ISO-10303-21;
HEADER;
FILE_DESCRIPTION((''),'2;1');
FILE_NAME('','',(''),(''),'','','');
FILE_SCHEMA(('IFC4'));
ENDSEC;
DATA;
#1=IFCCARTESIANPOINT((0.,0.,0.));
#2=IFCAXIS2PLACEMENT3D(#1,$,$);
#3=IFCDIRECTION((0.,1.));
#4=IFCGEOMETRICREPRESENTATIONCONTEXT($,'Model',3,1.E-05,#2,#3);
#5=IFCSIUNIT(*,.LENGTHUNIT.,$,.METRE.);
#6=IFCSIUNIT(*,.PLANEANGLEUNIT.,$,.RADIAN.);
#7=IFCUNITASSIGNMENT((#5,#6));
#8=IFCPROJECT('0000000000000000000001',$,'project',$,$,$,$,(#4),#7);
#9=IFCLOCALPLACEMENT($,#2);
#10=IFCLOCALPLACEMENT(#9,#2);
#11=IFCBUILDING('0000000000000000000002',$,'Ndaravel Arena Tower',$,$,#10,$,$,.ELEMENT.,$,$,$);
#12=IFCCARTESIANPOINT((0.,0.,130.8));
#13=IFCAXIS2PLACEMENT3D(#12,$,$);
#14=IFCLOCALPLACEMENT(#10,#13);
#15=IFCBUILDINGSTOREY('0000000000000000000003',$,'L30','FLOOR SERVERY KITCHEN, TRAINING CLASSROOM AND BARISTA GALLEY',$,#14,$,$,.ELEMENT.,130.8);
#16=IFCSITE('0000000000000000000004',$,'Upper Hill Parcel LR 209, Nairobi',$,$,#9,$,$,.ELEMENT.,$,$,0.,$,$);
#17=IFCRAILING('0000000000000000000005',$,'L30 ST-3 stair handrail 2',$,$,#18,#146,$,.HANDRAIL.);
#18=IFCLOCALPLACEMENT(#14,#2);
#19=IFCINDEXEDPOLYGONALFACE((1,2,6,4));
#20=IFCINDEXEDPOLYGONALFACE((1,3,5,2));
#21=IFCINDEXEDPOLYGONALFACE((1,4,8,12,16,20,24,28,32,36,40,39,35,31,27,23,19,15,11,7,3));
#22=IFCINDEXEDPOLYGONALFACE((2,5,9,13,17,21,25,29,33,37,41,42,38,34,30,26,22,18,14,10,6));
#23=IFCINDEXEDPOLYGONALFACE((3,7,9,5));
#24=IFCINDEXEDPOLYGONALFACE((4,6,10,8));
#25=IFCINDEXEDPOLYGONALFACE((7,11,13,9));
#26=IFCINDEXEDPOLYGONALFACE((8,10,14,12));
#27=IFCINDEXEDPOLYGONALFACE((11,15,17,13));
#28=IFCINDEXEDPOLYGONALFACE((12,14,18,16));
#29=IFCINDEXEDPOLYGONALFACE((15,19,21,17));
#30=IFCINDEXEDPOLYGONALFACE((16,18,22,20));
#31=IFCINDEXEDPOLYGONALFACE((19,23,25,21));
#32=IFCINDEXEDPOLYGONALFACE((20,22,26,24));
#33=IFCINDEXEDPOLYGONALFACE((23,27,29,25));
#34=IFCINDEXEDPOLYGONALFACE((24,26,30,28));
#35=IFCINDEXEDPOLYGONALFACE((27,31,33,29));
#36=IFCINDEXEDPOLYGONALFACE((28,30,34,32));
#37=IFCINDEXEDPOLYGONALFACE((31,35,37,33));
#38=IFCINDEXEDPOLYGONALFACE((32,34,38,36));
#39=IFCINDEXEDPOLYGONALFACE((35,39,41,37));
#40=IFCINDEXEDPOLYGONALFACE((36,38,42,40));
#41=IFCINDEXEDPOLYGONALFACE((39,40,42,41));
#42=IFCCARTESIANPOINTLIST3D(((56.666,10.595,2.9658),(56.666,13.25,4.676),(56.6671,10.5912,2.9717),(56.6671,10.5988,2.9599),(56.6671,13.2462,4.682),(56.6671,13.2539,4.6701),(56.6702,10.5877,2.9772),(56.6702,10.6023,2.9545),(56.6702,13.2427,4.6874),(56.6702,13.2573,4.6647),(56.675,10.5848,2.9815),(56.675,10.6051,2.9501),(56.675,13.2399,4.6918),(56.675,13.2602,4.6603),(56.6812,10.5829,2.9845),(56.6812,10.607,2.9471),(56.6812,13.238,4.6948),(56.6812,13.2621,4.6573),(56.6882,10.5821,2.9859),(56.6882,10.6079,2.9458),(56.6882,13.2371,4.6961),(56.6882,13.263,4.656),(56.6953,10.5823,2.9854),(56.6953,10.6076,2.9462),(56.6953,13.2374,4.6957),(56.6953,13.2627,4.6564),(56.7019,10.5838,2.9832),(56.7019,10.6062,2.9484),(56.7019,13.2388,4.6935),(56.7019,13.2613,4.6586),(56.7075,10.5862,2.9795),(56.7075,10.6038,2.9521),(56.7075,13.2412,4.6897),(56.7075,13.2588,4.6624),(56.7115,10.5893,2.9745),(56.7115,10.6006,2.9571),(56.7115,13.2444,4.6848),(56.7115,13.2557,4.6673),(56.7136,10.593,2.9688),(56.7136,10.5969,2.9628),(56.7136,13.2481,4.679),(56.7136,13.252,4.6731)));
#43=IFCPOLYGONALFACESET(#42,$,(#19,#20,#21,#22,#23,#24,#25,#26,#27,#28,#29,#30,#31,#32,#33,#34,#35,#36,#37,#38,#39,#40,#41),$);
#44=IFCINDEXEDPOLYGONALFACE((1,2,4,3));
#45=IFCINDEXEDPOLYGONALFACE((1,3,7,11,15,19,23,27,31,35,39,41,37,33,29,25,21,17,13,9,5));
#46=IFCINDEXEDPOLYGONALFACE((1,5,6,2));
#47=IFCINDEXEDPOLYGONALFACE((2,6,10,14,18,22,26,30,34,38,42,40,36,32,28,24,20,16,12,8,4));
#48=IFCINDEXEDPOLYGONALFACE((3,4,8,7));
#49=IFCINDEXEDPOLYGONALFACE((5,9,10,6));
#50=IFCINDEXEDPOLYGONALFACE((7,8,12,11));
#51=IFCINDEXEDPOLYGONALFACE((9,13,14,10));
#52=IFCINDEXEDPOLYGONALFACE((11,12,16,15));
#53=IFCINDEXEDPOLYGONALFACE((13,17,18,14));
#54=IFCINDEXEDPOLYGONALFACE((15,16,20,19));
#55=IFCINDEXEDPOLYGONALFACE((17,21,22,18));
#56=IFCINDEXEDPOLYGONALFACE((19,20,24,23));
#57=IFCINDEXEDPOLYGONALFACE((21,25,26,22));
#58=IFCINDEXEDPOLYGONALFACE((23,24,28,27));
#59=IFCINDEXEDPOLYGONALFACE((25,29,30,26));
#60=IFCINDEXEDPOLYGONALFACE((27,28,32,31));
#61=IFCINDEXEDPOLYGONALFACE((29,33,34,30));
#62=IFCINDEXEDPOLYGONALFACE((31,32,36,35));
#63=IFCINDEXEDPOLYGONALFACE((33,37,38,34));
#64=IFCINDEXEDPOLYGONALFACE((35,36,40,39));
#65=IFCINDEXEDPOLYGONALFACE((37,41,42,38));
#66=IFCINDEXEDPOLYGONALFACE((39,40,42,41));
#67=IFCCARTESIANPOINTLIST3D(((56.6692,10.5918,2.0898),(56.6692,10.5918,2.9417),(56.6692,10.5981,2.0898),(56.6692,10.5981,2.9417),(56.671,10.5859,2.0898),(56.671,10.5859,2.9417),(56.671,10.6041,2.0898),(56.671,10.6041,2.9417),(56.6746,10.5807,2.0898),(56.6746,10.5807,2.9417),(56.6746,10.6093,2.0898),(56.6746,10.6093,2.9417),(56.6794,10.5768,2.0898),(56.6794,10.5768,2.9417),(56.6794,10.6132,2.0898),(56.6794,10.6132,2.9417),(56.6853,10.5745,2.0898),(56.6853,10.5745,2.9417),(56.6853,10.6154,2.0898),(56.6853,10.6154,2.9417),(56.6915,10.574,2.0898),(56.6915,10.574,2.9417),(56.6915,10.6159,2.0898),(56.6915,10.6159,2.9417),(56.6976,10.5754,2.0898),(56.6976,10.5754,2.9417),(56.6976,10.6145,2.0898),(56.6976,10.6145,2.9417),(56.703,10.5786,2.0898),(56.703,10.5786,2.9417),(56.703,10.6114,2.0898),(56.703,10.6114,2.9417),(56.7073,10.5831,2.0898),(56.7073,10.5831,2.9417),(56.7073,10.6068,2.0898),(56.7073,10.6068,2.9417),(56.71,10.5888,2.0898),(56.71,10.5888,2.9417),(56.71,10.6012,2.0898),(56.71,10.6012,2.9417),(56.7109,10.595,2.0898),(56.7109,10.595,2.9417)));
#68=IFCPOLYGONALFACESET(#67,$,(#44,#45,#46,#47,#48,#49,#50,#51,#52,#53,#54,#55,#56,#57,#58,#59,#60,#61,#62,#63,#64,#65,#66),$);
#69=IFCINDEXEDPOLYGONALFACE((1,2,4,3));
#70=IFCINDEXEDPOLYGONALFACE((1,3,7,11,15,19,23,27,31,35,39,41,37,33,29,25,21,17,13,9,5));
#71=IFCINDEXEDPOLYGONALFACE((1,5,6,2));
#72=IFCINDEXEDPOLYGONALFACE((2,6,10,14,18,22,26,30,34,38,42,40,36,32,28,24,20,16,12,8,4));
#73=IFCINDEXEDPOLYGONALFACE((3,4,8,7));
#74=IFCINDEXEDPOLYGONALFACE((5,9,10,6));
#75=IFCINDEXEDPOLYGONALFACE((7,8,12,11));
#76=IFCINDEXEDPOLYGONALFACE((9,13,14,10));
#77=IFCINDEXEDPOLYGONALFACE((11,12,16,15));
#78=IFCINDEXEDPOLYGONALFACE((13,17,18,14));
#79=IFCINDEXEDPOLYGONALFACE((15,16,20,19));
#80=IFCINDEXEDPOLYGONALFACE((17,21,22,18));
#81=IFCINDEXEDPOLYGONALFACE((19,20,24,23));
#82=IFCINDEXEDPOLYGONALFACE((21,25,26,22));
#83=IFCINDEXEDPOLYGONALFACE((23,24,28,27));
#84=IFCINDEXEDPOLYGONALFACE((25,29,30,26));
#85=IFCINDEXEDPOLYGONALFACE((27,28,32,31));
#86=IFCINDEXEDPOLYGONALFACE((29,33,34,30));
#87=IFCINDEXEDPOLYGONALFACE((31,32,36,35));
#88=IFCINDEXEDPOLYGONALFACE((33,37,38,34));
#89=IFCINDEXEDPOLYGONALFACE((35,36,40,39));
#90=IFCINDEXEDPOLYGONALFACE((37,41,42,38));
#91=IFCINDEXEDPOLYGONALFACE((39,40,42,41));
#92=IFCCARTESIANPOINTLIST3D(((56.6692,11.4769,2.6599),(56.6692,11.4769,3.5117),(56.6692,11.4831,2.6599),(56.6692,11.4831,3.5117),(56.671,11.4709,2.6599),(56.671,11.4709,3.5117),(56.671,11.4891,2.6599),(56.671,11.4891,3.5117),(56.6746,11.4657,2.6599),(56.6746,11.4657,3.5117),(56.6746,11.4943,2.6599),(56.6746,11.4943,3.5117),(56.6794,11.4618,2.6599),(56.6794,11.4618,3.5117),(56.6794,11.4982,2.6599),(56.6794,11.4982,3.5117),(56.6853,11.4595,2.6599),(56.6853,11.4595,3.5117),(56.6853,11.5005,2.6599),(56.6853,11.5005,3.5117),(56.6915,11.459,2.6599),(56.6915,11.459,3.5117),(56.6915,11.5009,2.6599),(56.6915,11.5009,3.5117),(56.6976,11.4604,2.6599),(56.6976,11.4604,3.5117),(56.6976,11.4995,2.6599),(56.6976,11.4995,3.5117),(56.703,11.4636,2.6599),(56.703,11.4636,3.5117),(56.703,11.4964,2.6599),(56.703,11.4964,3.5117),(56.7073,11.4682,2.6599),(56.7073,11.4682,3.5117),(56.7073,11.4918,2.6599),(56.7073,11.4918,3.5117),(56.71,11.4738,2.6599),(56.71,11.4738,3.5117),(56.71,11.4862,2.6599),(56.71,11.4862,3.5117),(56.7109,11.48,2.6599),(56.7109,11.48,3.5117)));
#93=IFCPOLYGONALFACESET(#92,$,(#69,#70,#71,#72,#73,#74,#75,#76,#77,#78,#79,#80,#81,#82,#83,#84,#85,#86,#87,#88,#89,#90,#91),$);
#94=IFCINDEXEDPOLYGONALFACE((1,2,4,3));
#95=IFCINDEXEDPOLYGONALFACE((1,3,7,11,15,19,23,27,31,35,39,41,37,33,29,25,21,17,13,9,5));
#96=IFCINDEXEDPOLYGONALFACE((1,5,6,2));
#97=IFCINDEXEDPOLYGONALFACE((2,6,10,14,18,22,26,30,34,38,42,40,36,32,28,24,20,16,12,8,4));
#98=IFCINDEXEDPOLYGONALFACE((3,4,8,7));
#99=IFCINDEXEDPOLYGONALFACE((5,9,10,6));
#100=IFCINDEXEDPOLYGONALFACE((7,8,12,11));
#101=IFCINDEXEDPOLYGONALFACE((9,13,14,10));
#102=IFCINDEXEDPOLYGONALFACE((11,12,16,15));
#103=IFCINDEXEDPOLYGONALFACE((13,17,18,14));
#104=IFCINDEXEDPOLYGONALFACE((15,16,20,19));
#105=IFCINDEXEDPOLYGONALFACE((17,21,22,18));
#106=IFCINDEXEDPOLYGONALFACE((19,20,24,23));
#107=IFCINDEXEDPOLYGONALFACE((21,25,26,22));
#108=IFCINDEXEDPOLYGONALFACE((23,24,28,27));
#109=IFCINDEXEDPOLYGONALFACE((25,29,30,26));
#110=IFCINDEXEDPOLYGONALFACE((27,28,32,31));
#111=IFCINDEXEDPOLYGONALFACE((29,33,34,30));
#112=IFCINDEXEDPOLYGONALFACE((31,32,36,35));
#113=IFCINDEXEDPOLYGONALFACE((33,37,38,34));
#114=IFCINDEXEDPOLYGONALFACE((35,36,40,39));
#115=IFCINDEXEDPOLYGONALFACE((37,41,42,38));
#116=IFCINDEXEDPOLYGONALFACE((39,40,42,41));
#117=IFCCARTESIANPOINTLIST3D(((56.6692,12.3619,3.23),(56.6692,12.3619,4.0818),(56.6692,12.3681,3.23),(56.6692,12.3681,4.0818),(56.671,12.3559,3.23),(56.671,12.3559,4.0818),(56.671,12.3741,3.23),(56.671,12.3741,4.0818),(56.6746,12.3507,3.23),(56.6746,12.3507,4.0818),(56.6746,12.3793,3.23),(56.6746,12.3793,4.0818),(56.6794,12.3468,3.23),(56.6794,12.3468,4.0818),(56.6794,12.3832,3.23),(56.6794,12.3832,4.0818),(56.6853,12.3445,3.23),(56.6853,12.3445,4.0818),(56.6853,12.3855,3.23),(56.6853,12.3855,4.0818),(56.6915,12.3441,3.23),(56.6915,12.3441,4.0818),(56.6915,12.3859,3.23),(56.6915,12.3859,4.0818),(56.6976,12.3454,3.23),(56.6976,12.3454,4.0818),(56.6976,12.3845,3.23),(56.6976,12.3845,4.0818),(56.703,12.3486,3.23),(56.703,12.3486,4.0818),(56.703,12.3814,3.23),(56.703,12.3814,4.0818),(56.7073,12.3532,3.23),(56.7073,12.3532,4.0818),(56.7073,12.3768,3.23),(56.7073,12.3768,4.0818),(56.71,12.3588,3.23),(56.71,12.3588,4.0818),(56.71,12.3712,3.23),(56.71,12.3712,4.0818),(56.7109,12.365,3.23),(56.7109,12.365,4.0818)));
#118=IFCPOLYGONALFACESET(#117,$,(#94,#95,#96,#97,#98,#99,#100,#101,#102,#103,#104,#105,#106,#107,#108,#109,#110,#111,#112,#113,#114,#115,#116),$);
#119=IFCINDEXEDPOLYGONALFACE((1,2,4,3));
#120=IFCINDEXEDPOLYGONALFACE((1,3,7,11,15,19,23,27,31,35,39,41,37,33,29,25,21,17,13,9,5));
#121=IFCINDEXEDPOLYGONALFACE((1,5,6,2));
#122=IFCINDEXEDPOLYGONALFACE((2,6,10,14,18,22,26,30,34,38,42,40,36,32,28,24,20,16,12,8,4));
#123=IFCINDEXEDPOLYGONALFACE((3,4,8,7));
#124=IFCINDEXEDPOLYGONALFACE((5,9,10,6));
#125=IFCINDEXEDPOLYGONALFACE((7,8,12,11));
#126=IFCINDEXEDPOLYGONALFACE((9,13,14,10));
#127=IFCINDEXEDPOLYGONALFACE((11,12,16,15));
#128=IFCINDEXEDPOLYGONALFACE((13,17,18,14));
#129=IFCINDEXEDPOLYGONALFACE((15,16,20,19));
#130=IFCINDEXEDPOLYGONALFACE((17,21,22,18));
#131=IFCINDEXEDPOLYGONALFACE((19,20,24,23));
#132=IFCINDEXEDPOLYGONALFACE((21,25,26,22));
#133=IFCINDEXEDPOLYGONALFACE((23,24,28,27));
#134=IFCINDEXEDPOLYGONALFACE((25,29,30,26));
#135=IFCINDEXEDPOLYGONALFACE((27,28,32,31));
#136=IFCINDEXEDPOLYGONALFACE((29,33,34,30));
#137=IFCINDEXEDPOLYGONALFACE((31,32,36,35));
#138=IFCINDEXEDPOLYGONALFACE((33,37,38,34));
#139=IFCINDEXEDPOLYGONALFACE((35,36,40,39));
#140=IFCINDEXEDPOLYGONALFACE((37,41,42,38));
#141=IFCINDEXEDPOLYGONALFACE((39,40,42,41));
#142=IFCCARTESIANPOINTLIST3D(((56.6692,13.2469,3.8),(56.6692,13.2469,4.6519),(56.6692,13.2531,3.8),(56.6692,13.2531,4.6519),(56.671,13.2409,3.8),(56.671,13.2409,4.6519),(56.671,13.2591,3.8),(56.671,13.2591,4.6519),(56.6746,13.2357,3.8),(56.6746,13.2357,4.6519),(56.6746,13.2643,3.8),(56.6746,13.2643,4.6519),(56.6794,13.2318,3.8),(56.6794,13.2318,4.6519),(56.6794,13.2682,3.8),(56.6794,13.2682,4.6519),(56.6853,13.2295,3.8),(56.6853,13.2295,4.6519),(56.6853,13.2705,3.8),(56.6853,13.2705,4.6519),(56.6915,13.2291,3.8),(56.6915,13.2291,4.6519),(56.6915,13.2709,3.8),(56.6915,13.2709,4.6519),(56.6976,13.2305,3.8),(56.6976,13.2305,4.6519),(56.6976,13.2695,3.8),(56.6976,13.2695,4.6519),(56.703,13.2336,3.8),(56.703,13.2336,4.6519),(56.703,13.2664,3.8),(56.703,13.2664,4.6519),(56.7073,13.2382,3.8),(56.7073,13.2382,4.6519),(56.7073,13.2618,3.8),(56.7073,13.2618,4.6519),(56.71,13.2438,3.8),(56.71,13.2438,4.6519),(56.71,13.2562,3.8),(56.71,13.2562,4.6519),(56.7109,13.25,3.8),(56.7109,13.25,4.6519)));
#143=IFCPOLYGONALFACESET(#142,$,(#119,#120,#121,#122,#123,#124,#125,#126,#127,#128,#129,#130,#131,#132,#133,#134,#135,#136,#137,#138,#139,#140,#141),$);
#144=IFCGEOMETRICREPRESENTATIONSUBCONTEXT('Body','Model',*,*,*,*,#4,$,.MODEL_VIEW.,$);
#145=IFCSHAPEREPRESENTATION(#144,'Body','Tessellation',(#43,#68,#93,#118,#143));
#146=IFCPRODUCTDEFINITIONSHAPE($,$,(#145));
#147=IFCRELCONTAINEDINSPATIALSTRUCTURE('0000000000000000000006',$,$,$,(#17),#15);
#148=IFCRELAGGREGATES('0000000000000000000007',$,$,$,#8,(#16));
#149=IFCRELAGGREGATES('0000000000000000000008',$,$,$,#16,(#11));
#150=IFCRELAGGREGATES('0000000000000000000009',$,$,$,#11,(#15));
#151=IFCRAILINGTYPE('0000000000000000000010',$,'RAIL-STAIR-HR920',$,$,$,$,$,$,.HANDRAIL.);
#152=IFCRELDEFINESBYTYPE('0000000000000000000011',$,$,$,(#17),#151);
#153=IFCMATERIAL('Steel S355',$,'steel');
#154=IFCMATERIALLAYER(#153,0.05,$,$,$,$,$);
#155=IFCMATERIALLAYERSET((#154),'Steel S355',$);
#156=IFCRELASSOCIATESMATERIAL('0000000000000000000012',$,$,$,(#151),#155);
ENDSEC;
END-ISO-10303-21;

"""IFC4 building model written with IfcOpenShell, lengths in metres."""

from ifc_helpers import new_model, si_unit, direction, frame, origin, origin_2d, place, context, subcontext, project, spatial, circle, extrude, material, layer, layer_set, type_object, element, save


model = new_model("IFC4")

# Units and contexts
model_context = context("Model", 3, precision=1e-05, world=origin(), true_north=direction((0.0, 1.0)))
body_context = subcontext(model_context, "Body", "Model", "MODEL_VIEW")
ifc_project = project(units=[si_unit("LENGTHUNIT", "METRE"), si_unit("PLANEANGLEUNIT", "RADIAN")], contexts=[model_context])

# Site, building, storey
site_placement = place(None, origin())
site = spatial("IfcSite", under=ifc_project, at=site_placement, Name="Upper Hill Parcel LR 209, Nairobi", CompositionType="ELEMENT", RefElevation=0.0)
building_placement = place(site_placement, origin())
building = spatial("IfcBuilding", under=site, at=building_placement, Name="Ndaravel Arena Tower", CompositionType="ELEMENT")
storey_placement = place(building_placement, frame((0.0, 0.0, 130.8)))
storey = spatial("IfcBuildingStorey", under=building, at=storey_placement, Name="L30", Description="FLOOR SERVERY KITCHEN, TRAINING CLASSROOM AND BARISTA GALLEY", CompositionType="ELEMENT", Elevation=130.8)

# Railing
ifc_material_1 = material(Name="Steel S355", Category="steel")
ifc_layer_1 = layer(ifc_material_1, 0.05)
ifc_layer_set_1 = layer_set([ifc_layer_1], Name="Steel S355")
railing_type_1 = type_object("IfcRailingType", Name="RAIL-STAIR-HR920", PredefinedType="HANDRAIL", material=ifc_layer_set_1)
railing_1_placement = place(storey_placement, frame((56.6899, 10.595, 2.0898)))
element("IfcRailing", 1, at=railing_1_placement, inside=storey, type_object=railing_type_1, Name="L30 ST-3 stair handrail 2", PredefinedType="HANDRAIL", context=body_context, shape_type="SweptSolid", body=[
    extrude(circle(Radius=0.0239, at=origin_2d()), frame((0.0, 0.0, 0.876), z_axis=(0.0, 0.840688, 0.541519), x_axis=(-1.0, 0.0, 0.0)), (0.0, 0.0, 1.0), 3.1582),
    extrude(circle(Radius=0.021, at=origin_2d()), origin(), (0.0, 0.0, 1.0), 0.8518),
    extrude(circle(Radius=0.021, at=origin_2d()), frame((0.0, 0.885, 0.5701)), (0.0, 0.0, 1.0), 0.8518),
    extrude(circle(Radius=0.021, at=origin_2d()), frame((0.0, 1.77, 1.1401)), (0.0, 0.0, 1.0), 0.8518),
    extrude(circle(Radius=0.021, at=origin_2d()), frame((0.0, 2.655, 1.7102)), (0.0, 0.0, 1.0), 0.8518),
])

save(model, "model.ifc")
